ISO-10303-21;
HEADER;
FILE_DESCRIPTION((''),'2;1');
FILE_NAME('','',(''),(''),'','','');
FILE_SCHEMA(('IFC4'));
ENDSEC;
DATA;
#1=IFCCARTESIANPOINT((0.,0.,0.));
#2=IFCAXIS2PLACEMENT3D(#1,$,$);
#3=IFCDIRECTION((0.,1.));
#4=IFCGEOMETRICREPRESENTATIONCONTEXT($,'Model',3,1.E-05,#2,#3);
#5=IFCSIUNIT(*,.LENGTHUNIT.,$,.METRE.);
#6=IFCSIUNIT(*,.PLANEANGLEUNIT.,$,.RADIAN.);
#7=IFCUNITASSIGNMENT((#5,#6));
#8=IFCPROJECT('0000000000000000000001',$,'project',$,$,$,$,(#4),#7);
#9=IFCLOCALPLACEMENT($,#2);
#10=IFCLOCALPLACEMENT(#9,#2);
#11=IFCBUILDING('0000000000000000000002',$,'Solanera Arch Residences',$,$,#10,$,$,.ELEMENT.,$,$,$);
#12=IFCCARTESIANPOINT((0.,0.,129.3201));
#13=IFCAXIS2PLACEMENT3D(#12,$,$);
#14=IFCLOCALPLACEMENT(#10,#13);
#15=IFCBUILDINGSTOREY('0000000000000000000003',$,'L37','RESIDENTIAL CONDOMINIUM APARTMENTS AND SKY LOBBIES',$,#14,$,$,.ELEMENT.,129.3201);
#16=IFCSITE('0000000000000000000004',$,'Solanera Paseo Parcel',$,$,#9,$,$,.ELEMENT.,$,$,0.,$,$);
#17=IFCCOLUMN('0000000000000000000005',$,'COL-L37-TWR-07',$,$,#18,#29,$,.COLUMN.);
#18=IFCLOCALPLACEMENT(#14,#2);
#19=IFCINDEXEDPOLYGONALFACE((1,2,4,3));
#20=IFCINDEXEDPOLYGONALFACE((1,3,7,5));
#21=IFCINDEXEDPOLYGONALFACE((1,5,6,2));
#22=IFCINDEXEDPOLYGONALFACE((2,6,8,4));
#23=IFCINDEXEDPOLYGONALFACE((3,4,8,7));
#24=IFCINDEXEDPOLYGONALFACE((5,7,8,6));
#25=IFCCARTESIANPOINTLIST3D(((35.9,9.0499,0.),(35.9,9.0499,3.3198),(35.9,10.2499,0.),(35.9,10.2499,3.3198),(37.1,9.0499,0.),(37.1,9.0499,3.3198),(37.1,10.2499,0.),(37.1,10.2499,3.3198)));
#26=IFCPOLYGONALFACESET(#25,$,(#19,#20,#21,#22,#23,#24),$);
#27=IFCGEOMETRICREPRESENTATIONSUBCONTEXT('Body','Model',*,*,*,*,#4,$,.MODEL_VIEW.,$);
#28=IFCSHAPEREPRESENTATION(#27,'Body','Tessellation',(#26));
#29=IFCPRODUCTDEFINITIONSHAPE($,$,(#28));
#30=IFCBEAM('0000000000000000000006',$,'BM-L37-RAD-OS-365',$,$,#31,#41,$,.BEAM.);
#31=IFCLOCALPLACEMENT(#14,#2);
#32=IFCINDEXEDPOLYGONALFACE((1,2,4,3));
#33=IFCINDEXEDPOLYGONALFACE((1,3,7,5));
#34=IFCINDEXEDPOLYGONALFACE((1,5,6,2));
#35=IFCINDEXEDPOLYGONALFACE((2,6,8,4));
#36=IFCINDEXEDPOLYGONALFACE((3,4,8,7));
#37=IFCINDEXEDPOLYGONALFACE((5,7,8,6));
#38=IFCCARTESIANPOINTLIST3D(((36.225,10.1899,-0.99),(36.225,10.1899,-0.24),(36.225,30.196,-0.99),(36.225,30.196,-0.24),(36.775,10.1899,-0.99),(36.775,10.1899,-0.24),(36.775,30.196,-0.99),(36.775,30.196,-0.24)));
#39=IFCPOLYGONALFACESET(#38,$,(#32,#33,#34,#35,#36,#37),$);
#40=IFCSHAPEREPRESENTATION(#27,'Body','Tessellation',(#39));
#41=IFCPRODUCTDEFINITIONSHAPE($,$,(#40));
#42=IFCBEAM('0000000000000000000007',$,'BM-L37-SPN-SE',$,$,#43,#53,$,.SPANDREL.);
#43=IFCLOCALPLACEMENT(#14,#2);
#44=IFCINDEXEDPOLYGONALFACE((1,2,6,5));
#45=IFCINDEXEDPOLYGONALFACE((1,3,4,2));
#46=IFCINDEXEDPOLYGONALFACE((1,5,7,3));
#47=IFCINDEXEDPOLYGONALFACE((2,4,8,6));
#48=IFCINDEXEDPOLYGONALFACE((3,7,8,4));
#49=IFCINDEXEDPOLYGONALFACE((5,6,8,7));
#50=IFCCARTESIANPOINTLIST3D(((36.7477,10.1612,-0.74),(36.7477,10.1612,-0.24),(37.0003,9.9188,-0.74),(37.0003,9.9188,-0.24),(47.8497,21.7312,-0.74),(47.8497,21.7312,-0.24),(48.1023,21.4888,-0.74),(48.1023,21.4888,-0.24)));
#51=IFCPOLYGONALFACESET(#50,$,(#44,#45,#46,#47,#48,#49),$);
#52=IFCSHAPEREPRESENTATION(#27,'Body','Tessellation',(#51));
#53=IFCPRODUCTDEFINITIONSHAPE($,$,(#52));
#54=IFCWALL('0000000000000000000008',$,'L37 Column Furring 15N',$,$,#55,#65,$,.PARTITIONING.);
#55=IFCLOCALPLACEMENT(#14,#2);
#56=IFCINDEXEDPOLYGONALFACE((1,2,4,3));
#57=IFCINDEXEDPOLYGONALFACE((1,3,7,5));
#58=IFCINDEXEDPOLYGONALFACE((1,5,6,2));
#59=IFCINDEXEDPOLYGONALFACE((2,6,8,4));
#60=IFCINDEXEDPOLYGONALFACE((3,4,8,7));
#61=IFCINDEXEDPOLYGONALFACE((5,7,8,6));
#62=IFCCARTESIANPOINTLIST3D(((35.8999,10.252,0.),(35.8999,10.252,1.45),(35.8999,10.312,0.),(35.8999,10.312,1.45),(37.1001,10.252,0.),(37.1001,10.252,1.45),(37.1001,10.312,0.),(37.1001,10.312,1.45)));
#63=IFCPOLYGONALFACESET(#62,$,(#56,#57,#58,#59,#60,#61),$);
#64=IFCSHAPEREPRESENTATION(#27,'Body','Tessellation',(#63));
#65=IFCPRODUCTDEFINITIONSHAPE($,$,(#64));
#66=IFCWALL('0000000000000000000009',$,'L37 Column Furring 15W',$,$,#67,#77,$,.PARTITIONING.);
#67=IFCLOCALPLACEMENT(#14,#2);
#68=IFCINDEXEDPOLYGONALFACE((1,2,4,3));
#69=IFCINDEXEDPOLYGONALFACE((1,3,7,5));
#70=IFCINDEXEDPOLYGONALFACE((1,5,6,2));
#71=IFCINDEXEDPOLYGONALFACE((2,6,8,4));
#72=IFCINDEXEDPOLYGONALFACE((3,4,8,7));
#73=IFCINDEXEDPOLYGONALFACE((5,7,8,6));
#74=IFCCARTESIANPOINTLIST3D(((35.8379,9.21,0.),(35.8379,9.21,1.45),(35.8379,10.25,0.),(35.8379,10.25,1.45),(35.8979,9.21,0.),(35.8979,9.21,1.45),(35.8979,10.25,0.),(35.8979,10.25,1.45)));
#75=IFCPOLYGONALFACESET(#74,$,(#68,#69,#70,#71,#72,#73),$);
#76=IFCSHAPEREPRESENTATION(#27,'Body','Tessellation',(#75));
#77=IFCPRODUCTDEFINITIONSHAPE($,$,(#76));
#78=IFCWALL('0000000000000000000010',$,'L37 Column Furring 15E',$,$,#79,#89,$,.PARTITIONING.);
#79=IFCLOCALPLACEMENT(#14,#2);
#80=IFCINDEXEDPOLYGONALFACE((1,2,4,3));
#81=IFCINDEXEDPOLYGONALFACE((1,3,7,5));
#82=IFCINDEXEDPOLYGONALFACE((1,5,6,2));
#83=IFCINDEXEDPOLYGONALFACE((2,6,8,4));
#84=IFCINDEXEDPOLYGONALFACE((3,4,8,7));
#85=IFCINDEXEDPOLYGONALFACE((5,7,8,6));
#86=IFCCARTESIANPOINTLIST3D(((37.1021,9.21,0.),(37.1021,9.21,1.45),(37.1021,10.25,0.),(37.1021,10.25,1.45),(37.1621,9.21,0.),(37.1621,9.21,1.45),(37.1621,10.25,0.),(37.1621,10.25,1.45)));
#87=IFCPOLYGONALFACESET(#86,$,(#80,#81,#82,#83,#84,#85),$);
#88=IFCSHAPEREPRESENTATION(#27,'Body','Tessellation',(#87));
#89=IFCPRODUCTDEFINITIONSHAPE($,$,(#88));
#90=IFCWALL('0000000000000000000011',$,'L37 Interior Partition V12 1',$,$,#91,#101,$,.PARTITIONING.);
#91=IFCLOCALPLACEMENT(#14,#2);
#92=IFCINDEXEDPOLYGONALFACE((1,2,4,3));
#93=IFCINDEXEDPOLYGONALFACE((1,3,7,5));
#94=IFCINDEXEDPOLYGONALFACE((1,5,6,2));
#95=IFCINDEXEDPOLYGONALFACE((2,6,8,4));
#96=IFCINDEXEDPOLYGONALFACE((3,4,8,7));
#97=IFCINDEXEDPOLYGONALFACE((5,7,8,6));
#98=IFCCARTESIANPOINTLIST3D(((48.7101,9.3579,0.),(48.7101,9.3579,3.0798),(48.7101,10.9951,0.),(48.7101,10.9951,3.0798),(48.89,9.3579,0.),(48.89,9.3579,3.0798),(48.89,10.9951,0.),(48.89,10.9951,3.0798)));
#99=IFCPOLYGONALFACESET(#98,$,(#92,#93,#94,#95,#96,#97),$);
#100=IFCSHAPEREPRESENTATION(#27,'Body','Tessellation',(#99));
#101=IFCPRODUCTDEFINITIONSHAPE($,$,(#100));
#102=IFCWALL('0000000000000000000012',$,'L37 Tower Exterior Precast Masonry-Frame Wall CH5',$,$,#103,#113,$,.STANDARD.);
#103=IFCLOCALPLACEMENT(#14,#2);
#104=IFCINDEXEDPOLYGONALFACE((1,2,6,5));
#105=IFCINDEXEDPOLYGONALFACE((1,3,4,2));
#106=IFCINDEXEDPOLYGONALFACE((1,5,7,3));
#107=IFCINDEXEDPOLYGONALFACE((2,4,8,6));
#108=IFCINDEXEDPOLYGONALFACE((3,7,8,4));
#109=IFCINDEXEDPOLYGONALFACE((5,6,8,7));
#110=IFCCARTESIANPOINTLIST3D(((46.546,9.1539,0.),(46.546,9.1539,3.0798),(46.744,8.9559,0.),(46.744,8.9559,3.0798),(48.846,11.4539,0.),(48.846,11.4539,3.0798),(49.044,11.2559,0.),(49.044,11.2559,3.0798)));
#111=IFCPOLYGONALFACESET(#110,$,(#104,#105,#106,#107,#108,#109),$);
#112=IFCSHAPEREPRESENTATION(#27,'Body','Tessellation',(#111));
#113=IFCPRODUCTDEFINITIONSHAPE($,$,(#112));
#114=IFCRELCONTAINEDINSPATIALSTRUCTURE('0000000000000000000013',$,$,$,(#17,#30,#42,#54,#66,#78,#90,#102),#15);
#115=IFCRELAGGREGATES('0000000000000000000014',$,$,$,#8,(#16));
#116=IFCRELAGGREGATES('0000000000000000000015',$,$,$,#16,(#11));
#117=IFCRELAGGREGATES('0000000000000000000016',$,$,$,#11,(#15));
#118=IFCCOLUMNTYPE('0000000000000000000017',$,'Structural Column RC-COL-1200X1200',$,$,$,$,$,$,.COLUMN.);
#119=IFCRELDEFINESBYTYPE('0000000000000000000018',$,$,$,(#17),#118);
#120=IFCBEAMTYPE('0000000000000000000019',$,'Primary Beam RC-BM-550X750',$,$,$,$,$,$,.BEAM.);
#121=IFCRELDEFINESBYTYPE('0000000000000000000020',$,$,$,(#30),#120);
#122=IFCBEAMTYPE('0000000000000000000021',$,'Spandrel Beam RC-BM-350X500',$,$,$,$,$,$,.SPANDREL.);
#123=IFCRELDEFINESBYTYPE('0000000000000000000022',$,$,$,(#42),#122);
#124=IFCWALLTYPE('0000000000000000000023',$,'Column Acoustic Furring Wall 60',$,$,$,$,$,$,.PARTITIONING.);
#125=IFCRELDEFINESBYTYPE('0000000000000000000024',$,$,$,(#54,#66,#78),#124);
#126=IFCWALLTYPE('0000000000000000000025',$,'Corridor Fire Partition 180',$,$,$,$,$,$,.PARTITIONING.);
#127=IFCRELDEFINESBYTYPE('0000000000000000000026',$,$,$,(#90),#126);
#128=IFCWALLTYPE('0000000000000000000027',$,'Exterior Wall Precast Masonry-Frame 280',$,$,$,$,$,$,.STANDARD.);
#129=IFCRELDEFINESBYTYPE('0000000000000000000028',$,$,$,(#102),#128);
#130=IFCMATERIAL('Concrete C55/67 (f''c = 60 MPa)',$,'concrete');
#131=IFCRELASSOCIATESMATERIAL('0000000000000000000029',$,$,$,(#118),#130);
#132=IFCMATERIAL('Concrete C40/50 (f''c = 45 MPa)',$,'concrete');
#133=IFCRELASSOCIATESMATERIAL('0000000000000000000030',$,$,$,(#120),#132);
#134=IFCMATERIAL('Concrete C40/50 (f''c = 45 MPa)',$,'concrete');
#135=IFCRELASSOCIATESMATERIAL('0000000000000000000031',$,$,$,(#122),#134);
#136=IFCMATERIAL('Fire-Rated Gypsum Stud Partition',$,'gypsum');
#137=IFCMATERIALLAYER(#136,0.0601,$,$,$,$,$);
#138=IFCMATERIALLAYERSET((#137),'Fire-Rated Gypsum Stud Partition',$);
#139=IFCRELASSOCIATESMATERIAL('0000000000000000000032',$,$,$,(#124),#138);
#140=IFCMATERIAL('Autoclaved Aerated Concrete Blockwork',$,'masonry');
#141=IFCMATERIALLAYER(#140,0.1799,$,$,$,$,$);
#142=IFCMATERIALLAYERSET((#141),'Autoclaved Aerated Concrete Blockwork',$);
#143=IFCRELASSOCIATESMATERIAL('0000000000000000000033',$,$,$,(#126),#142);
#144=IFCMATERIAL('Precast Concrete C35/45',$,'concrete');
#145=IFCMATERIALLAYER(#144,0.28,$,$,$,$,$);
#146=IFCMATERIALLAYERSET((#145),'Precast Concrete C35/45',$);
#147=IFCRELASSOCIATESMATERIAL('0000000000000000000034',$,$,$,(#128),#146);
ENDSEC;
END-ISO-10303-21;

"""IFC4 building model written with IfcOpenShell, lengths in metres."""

from ifc_helpers import new_model, si_unit, direction, frame, frame_2d, origin, origin_2d, place, context, subcontext, project, spatial, rectangle, extrude, material, layer, layer_set, material_profile, profile_set, type_object, element, save


model = new_model("IFC4")

# Units and contexts
model_context = context("Model", 3, precision=1e-05, world=origin(), true_north=direction((0.0, 1.0)))
body_context = subcontext(model_context, "Body", "Model", "MODEL_VIEW")
ifc_project = project(units=[si_unit("LENGTHUNIT", "METRE"), si_unit("PLANEANGLEUNIT", "RADIAN")], contexts=[model_context])

# Site, building, storey
site_placement = place(None, origin())
site = spatial("IfcSite", under=ifc_project, at=site_placement, Name="Solanera Paseo Parcel", CompositionType="ELEMENT", RefElevation=0.0)
building_placement = place(site_placement, origin())
building = spatial("IfcBuilding", under=site, at=building_placement, Name="Solanera Arch Residences", CompositionType="ELEMENT")
storey_placement = place(building_placement, frame((0.0, 0.0, 129.3201)))
storey = spatial("IfcBuildingStorey", under=building, at=storey_placement, Name="L37", Description="RESIDENTIAL CONDOMINIUM APARTMENTS AND SKY LOBBIES", CompositionType="ELEMENT", Elevation=129.3201)

# Column
ifc_material_1 = material(Name="Concrete C55/67 (f'c = 60 MPa)", Category="concrete")
ifc_material_profile_1 = material_profile(ifc_material_1, rectangle(XDim=1.2, YDim=1.2, at=origin_2d()))
ifc_profile_set_1 = profile_set([ifc_material_profile_1], Name="Concrete C55/67 (f'c = 60 MPa)")
column_type = type_object("IfcColumnType", Name="Structural Column RC-COL-1200X1200", PredefinedType="COLUMN", material=ifc_profile_set_1)
column_placement = place(storey_placement, frame((36.5, 9.6499, 0.0), z_axis=(0.0, 0.0, 1.0), x_axis=(1.0, 0.0, 0.0)))
element("IfcColumn", 1, at=column_placement, inside=storey, type_object=column_type, Name="COL-L37-TWR-07", PredefinedType="COLUMN", context=body_context, shape_type="SweptSolid", body=[
    extrude(rectangle(XDim=1.2, YDim=1.2, at=origin_2d()), origin(), (0.0, 0.0, 1.0), 3.3198),
])

# Beams
ifc_material_2 = material(Name="Concrete C40/50 (f'c = 45 MPa)", Category="concrete")
ifc_material_profile_2 = material_profile(ifc_material_2, rectangle(XDim=0.55, YDim=0.75, at=origin_2d()))
ifc_profile_set_2 = profile_set([ifc_material_profile_2], Name="Concrete C40/50 (f'c = 45 MPa)")
beam_type_1 = type_object("IfcBeamType", Name="Primary Beam RC-BM-550X750", PredefinedType="BEAM", material=ifc_profile_set_2)
beam_1_placement = place(storey_placement, frame((36.5, 10.1899, -0.615), z_axis=(0.0, 1.0, 0.0), x_axis=(-1.0, 0.0, 0.0)))
element("IfcBeam", 2, at=beam_1_placement, inside=storey, type_object=beam_type_1, Name="BM-L37-RAD-OS-365", PredefinedType="BEAM", context=body_context, shape_type="SweptSolid", body=[
    extrude(rectangle(XDim=0.55, YDim=0.75, at=origin_2d()), origin(), (0.0, 0.0, 1.0), 20.0061),
])
ifc_material_3 = material(Name="Concrete C40/50 (f'c = 45 MPa)", Category="concrete")
ifc_material_profile_3 = material_profile(ifc_material_3, rectangle(XDim=0.3501, YDim=0.5, at=origin_2d()))
ifc_profile_set_3 = profile_set([ifc_material_profile_3], Name="Concrete C40/50 (f'c = 45 MPa)")
beam_type_2 = type_object("IfcBeamType", Name="Spandrel Beam RC-BM-350X500", PredefinedType="SPANDREL", material=ifc_profile_set_3)
beam_2_placement = place(storey_placement, frame((36.874, 10.04, -0.49), z_axis=(0.692363, 0.72155, 0.0), x_axis=(-0.72155, 0.692363, 0.0)))
element("IfcBeam", 3, at=beam_2_placement, inside=storey, type_object=beam_type_2, Name="BM-L37-SPN-SE", PredefinedType="SPANDREL", context=body_context, shape_type="SweptSolid", body=[
    extrude(rectangle(XDim=0.3501, YDim=0.5, at=origin_2d()), origin(), (0.0, 0.0, 1.0), 16.0349),
])

# Walls
ifc_material_4 = material(Name="Fire-Rated Gypsum Stud Partition", Category="gypsum")
ifc_layer_1 = layer(ifc_material_4, 0.0601)
ifc_layer_set_1 = layer_set([ifc_layer_1], Name="Fire-Rated Gypsum Stud Partition")
wall_type_1 = type_object("IfcWallType", Name="Column Acoustic Furring Wall 60", PredefinedType="PARTITIONING", material=ifc_layer_set_1)
wall_1_placement = place(storey_placement, frame((35.8999, 10.282, 0.0), z_axis=(0.0, 0.0, 1.0), x_axis=(1.0, 0.0, 0.0)))
element("IfcWall", 4, at=wall_1_placement, inside=storey, type_object=wall_type_1, Name="L37 Column Furring 15N", PredefinedType="PARTITIONING", context=body_context, shape_type="SweptSolid", body=[
    extrude(rectangle(XDim=1.2002, YDim=0.0601, at=frame_2d((0.6001, 0.0))), origin(), (0.0, 0.0, 1.0), 1.45),
])
for number, where, z_axis, x_axis, name in (
    (5, (35.8679, 9.21, 0.0), (0.0, 0.0, 1.0), (0.0, 1.0, 0.0), "L37 Column Furring 15W"),
    (6, (37.1321, 9.21, 0.0), (0.0, 0.0, 1.0), (0.0, 1.0, 0.0), "L37 Column Furring 15E"),
):
    element("IfcWall", number, at=place(storey_placement, frame(where, z_axis=z_axis, x_axis=x_axis)), inside=storey, type_object=wall_type_1, Name=name, PredefinedType="PARTITIONING", context=body_context, shape_type="SweptSolid", body=[
        extrude(rectangle(XDim=1.04, YDim=0.0601, at=frame_2d((0.52, 0.0))), origin(), (0.0, 0.0, 1.0), 1.45),
    ])
ifc_material_5 = material(Name="Autoclaved Aerated Concrete Blockwork", Category="masonry")
ifc_layer_2 = layer(ifc_material_5, 0.1799)
ifc_layer_set_2 = layer_set([ifc_layer_2], Name="Autoclaved Aerated Concrete Blockwork")
wall_type_2 = type_object("IfcWallType", Name="Corridor Fire Partition 180", PredefinedType="PARTITIONING", material=ifc_layer_set_2)
wall_2_placement = place(storey_placement, frame((48.8, 9.3579, 0.0), z_axis=(0.0, 0.0, 1.0), x_axis=(0.0, 1.0, 0.0)))
element("IfcWall", 7, at=wall_2_placement, inside=storey, type_object=wall_type_2, Name="L37 Interior Partition V12 1", PredefinedType="PARTITIONING", context=body_context, shape_type="SweptSolid", body=[
    extrude(rectangle(XDim=1.6372, YDim=0.1799, at=frame_2d((0.8186, 0.0))), origin(), (0.0, 0.0, 1.0), 3.0798),
])
ifc_material_6 = material(Name="Precast Concrete C35/45", Category="concrete")
ifc_layer_3 = layer(ifc_material_6, 0.28)
ifc_layer_set_3 = layer_set([ifc_layer_3], Name="Precast Concrete C35/45")
wall_type_3 = type_object("IfcWallType", Name="Exterior Wall Precast Masonry-Frame 280", PredefinedType="STANDARD", material=ifc_layer_set_3)
wall_3_placement = place(storey_placement, frame((48.9451, 11.355, 0.0), z_axis=(0.0, 0.0, 1.0), x_axis=(-0.707107, -0.707107, 0.0)))
element("IfcWall", 8, at=wall_3_placement, inside=storey, type_object=wall_type_3, Name="L37 Tower Exterior Precast Masonry-Frame Wall CH5", PredefinedType="STANDARD", context=body_context, shape_type="SweptSolid", body=[
    extrude(rectangle(XDim=3.2527, YDim=0.28, at=frame_2d((1.6265, 0.0))), origin(), (0.0, 0.0, 1.0), 3.0798),
])

save(model, "model.ifc")
